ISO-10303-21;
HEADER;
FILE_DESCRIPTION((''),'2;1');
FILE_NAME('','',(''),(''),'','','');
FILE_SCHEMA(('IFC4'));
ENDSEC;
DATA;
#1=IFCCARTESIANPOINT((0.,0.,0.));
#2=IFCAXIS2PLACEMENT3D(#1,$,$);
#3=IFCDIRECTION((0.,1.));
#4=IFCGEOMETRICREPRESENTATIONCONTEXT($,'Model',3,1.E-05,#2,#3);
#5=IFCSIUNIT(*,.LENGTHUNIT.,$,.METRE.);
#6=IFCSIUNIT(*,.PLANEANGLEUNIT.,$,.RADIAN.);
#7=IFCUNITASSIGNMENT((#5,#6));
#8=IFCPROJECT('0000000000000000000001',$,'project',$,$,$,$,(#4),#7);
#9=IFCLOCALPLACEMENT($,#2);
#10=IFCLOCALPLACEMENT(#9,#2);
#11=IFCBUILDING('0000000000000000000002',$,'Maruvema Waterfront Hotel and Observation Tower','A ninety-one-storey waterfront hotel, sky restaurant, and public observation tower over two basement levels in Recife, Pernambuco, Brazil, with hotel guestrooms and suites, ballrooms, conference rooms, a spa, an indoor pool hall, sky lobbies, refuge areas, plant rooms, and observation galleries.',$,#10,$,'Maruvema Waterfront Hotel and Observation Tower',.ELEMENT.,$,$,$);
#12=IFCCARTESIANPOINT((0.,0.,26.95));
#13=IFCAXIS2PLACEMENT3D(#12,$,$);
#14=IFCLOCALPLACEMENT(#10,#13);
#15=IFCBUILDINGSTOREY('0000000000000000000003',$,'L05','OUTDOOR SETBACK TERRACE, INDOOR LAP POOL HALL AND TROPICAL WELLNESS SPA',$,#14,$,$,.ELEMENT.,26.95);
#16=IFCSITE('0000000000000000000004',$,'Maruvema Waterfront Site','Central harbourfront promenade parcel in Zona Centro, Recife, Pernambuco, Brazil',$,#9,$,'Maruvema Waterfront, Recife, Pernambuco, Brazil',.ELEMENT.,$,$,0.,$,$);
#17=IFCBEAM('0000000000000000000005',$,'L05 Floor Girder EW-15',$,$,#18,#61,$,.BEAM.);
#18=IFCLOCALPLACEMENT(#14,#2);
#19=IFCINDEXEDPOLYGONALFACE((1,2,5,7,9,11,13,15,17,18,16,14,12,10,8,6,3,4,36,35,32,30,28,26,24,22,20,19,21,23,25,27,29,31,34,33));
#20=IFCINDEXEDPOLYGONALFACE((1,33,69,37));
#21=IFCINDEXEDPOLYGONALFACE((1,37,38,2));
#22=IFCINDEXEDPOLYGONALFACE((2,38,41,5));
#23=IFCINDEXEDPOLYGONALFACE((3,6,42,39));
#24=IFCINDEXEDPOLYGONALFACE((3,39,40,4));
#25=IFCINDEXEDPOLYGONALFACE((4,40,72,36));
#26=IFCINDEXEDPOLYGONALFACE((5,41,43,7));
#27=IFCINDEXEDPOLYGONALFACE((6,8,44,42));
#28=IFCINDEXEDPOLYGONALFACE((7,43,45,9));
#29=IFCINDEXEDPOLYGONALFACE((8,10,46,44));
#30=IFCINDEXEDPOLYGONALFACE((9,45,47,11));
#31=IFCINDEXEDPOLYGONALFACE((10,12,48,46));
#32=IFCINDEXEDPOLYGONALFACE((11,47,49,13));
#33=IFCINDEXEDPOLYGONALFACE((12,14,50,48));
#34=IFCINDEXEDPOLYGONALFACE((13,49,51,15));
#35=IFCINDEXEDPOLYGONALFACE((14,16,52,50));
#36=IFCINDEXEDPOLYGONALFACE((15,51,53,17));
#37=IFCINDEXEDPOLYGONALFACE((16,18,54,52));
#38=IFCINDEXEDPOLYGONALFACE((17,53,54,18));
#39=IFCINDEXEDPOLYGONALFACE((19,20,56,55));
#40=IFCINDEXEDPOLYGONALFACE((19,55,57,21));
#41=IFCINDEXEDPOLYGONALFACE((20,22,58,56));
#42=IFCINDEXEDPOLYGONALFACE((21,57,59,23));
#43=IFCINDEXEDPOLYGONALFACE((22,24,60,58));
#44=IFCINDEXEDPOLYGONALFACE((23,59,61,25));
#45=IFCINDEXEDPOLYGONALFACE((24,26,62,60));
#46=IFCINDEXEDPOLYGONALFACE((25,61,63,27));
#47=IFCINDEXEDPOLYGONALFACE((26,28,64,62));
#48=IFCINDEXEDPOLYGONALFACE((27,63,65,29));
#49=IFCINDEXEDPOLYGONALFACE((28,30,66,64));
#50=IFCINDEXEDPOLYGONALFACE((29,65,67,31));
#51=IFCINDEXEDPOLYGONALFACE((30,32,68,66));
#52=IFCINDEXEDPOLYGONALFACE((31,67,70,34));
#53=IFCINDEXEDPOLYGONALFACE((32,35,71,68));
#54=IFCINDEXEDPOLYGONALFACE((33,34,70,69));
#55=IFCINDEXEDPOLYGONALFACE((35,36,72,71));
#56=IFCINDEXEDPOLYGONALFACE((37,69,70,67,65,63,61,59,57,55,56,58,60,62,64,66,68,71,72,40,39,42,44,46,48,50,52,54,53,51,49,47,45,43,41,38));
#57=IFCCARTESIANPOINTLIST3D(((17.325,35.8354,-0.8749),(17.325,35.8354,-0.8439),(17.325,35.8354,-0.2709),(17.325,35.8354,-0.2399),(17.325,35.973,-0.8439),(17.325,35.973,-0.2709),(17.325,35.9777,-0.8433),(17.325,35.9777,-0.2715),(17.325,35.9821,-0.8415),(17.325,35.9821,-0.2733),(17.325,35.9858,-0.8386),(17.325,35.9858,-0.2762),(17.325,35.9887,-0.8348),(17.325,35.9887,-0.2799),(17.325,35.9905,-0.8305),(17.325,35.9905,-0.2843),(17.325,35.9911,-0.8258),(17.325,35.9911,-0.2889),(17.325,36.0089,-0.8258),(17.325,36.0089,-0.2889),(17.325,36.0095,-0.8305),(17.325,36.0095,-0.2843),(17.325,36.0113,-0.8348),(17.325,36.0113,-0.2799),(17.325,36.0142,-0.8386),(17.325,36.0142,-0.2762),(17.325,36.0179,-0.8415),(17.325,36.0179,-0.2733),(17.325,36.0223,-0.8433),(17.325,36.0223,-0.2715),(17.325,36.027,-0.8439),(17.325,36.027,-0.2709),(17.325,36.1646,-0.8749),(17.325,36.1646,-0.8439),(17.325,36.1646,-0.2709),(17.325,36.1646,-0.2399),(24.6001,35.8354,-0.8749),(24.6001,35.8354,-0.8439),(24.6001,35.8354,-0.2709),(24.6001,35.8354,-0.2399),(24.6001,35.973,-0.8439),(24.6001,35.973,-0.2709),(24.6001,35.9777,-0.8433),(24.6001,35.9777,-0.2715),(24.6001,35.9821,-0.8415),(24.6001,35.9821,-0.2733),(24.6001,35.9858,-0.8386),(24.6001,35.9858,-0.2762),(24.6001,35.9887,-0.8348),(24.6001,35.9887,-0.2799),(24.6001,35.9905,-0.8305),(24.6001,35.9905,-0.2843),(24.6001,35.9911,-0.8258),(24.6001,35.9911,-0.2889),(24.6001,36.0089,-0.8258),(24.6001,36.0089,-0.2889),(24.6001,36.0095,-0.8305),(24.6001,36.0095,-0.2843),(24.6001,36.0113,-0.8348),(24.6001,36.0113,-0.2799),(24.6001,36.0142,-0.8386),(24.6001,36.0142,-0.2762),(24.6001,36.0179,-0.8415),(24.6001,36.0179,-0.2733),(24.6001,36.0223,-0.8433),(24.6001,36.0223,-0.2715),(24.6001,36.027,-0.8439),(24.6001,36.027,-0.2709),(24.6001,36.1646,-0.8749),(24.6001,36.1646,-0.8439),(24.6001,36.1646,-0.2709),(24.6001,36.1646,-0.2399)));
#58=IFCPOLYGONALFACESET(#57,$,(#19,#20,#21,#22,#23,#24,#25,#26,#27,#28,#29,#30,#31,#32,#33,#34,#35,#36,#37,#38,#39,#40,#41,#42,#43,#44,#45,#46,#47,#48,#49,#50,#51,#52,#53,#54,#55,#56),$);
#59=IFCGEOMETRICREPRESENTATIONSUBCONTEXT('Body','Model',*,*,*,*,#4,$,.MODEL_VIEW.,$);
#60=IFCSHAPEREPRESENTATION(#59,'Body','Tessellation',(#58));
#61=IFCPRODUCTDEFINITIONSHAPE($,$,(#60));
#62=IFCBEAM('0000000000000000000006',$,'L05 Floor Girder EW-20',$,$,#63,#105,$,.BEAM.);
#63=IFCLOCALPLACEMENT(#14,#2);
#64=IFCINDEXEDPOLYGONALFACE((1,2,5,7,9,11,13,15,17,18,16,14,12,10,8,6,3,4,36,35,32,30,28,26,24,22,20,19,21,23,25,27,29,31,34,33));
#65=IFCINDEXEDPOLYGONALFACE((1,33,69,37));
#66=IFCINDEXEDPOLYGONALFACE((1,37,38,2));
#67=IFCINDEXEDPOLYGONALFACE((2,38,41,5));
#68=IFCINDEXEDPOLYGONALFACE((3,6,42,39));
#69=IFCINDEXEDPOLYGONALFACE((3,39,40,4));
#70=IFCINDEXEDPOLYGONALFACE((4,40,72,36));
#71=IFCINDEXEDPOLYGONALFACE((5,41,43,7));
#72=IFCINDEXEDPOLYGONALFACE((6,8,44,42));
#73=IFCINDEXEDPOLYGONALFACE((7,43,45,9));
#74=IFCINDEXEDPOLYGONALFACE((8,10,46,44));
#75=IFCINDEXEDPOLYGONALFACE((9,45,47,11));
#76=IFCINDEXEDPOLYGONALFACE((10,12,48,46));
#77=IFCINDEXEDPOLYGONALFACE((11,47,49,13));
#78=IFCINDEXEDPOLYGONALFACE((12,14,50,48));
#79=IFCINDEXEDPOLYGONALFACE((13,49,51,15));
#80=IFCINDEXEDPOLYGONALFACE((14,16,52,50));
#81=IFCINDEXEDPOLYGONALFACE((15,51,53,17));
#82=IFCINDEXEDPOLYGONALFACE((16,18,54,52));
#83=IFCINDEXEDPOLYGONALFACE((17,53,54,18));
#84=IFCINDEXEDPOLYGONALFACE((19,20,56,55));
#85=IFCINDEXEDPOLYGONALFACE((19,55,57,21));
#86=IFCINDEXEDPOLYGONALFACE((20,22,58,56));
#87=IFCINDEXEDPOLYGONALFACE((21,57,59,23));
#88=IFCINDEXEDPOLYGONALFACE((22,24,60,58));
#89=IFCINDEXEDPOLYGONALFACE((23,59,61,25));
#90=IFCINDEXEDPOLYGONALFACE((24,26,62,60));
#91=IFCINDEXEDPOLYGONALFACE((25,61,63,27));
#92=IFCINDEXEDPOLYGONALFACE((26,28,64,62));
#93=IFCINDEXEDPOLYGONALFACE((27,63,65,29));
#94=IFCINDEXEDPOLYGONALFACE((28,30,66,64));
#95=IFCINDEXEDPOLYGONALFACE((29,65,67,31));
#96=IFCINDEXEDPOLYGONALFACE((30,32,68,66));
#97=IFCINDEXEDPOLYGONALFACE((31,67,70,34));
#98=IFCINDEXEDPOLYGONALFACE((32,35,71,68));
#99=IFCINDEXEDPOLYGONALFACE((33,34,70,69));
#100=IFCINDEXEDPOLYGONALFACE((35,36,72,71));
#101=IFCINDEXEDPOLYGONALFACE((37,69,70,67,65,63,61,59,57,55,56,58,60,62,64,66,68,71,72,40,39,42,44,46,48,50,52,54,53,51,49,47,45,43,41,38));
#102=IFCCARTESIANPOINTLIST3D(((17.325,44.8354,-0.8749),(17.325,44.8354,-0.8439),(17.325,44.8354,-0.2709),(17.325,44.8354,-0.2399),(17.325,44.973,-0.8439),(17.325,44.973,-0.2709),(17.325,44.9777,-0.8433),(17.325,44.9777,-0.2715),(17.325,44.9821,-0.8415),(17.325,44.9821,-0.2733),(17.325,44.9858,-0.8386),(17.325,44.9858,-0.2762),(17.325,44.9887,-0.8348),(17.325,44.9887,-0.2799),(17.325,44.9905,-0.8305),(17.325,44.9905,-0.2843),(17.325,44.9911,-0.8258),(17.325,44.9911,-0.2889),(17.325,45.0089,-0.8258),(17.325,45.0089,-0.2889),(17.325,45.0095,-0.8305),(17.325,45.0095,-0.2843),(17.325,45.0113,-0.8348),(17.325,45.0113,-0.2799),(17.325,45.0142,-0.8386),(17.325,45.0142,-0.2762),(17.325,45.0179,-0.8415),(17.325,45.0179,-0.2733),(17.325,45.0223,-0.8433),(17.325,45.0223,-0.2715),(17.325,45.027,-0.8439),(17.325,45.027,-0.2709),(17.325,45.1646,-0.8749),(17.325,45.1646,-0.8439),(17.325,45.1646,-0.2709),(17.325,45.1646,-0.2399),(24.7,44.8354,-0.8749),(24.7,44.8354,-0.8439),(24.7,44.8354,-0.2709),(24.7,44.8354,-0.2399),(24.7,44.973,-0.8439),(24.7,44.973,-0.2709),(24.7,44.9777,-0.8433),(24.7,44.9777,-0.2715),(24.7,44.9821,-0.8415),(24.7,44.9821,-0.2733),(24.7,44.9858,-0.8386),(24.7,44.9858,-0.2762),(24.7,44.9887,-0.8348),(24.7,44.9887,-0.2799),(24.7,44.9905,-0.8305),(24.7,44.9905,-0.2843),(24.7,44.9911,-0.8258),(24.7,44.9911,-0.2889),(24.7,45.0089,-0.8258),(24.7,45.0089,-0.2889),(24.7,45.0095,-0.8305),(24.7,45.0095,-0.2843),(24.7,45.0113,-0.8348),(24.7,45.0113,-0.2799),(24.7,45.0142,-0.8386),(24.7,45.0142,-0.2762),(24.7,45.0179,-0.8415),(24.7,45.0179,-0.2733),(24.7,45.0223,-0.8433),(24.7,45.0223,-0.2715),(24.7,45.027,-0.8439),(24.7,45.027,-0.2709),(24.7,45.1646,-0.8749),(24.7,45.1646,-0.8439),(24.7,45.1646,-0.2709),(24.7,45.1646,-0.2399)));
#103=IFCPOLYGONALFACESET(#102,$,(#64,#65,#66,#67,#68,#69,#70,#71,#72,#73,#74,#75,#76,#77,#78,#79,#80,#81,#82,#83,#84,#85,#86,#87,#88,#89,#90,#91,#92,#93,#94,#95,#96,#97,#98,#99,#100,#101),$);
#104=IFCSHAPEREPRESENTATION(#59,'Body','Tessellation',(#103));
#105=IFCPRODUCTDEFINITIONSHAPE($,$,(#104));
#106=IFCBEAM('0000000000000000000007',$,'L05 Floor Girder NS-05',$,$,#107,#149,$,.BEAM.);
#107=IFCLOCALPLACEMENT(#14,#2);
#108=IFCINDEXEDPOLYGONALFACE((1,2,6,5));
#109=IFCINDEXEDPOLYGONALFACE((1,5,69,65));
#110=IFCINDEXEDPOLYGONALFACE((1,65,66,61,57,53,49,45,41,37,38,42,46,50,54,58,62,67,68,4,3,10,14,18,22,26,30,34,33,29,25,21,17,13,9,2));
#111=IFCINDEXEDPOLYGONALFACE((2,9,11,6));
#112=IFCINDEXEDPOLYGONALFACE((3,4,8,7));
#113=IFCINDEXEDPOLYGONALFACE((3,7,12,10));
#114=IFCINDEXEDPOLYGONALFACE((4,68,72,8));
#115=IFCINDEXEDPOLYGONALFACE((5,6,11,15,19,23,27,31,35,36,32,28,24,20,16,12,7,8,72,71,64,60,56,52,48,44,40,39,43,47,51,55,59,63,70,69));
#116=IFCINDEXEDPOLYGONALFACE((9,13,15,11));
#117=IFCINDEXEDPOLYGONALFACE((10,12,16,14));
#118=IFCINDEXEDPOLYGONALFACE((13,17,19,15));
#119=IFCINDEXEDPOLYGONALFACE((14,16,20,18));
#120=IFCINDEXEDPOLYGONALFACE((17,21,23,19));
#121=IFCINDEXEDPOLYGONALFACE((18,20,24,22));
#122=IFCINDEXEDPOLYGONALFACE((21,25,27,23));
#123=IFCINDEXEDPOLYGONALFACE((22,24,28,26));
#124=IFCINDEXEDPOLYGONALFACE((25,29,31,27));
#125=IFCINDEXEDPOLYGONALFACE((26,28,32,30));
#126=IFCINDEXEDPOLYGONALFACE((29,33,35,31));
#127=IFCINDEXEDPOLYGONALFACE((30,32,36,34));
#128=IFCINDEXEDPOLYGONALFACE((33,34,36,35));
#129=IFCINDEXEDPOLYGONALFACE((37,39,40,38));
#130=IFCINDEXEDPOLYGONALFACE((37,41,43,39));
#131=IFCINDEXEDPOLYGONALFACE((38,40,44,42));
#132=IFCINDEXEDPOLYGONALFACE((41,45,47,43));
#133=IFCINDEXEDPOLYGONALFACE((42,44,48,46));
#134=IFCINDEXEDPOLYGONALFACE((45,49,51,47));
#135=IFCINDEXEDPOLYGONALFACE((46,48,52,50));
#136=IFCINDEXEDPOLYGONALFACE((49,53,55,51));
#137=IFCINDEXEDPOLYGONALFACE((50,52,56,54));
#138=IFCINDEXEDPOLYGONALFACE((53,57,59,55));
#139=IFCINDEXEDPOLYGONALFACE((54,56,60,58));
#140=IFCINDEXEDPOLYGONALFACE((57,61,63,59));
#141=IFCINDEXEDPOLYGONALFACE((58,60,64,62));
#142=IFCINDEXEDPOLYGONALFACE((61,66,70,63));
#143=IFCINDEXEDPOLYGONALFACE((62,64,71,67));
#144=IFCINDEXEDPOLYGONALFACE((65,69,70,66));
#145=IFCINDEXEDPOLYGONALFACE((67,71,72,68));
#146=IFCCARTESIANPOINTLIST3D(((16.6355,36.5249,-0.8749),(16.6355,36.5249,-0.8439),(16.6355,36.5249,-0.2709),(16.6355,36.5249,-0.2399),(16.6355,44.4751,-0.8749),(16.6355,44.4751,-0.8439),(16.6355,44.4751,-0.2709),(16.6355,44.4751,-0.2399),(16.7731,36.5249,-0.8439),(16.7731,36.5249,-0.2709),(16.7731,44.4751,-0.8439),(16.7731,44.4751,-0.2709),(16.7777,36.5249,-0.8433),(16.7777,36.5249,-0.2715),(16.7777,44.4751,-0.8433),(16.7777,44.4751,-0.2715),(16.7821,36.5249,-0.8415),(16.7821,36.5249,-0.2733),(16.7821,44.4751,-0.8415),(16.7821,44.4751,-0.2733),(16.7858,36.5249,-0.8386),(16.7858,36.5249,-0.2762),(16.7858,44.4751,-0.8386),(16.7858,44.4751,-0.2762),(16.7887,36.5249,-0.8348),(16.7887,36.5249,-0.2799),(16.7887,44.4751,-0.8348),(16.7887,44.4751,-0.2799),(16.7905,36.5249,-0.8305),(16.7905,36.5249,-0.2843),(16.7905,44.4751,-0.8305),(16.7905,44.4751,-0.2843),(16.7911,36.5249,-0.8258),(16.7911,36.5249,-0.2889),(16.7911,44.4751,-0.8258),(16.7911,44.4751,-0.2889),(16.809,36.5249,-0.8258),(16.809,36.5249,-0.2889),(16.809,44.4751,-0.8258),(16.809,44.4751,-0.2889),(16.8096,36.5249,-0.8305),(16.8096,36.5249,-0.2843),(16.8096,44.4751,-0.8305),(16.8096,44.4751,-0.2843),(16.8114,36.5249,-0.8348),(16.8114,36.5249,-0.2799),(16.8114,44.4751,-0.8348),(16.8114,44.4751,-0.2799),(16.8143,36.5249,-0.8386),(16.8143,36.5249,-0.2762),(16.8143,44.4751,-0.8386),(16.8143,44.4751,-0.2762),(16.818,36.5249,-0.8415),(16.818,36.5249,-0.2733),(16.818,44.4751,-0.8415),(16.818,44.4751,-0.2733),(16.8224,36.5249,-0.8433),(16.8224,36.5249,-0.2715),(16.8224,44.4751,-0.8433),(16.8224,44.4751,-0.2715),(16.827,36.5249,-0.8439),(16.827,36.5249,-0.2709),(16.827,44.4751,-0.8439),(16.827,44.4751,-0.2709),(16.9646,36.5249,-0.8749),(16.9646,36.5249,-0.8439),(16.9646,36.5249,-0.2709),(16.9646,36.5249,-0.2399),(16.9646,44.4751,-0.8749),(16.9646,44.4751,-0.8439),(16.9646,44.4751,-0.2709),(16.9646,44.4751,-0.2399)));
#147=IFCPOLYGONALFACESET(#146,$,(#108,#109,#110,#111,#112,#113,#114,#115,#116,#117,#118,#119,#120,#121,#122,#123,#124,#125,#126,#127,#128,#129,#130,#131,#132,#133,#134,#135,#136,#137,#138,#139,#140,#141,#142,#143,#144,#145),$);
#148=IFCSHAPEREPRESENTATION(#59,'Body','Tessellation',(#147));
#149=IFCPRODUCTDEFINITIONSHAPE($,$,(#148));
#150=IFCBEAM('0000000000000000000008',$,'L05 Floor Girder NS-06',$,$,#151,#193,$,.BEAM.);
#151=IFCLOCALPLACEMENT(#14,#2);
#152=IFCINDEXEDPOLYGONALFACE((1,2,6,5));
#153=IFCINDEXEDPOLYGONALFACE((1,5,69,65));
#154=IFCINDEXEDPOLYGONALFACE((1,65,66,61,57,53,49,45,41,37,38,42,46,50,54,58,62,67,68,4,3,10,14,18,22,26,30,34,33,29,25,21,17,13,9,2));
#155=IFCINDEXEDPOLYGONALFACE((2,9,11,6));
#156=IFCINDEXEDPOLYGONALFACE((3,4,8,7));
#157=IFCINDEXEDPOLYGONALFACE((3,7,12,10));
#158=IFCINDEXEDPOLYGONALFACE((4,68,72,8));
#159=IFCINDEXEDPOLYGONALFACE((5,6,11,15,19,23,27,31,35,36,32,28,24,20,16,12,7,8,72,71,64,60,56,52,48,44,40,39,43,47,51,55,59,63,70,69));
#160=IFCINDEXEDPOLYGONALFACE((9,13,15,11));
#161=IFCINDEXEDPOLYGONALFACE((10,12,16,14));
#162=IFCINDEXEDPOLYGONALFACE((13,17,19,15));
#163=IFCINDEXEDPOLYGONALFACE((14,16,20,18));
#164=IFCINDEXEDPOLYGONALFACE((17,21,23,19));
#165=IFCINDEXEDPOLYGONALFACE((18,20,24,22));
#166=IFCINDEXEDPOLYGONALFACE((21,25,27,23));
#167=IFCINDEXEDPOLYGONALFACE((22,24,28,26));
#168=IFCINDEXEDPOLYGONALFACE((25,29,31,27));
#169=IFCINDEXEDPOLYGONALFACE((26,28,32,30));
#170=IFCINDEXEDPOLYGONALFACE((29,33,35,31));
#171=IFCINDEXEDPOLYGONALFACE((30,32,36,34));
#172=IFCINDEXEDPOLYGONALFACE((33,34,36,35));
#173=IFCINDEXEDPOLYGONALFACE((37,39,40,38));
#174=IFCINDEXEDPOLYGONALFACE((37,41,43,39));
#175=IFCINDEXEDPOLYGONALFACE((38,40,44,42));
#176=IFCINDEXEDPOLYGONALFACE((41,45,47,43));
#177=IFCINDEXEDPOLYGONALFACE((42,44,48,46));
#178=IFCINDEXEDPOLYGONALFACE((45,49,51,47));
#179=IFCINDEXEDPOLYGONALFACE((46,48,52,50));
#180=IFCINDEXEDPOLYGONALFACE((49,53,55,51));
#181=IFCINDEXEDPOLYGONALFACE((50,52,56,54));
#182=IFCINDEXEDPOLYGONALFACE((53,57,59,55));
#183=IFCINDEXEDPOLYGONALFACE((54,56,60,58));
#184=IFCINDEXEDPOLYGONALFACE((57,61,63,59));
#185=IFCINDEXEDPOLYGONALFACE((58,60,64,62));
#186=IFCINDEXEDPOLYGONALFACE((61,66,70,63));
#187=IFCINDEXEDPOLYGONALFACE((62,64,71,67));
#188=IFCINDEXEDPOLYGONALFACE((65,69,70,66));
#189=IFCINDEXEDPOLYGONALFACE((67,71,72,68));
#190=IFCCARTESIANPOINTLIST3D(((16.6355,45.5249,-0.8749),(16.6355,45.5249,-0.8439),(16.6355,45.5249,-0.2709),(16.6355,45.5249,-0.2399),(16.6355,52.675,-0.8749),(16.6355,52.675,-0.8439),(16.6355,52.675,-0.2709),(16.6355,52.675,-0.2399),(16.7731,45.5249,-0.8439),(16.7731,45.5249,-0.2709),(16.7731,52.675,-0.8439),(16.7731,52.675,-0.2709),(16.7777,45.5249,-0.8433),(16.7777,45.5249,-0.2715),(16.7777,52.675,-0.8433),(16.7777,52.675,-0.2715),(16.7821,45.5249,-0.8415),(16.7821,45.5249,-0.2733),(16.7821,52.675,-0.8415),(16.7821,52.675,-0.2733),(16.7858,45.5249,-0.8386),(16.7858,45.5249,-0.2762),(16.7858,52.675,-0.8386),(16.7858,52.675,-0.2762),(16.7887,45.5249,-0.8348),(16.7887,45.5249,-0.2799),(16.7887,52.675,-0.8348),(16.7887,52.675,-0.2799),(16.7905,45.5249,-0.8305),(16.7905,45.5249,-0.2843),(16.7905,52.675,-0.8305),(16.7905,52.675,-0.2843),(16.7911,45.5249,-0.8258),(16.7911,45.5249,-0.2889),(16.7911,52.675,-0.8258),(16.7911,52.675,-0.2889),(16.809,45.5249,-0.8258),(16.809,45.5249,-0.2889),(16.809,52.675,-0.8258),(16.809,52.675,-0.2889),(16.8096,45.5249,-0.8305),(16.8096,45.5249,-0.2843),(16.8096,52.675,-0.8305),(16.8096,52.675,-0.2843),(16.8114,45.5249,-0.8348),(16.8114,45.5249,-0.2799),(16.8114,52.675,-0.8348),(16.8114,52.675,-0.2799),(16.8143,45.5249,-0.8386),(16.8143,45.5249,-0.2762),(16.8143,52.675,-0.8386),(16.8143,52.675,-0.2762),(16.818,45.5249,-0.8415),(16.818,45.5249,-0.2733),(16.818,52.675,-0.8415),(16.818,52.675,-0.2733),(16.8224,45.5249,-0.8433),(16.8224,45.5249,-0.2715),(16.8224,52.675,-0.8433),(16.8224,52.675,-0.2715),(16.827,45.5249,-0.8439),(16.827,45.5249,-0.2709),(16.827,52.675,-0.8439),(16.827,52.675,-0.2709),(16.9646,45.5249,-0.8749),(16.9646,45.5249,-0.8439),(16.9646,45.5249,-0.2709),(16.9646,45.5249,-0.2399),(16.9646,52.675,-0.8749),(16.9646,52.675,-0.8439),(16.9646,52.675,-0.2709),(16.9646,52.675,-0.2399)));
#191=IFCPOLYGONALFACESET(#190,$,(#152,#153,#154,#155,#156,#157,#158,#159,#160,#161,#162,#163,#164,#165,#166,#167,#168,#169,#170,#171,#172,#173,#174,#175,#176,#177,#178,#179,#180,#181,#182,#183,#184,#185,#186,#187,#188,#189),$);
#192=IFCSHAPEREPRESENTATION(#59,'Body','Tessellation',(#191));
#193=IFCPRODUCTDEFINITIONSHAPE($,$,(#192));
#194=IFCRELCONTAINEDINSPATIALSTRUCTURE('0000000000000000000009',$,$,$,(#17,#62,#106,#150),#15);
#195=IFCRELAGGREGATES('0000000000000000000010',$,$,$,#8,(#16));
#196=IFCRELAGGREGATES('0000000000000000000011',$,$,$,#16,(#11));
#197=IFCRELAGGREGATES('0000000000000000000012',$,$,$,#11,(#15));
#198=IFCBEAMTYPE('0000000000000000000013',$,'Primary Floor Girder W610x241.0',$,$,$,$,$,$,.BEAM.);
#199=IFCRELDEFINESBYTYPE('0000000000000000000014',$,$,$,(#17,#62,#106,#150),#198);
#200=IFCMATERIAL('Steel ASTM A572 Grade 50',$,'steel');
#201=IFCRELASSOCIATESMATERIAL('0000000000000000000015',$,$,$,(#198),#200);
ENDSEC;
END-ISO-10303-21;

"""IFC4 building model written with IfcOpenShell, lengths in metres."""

from ifc_helpers import new_model, si_unit, direction, frame, origin, origin_2d, place, context, subcontext, project, spatial, i_section, extrude, material, material_profile, profile_set, type_object, element, save


model = new_model("IFC4")

# Units and contexts
model_context = context("Model", 3, precision=1e-05, world=origin(), true_north=direction((0.0, 1.0)))
body_context = subcontext(model_context, "Body", "Model", "MODEL_VIEW")
ifc_project = project(units=[si_unit("LENGTHUNIT", "METRE"), si_unit("PLANEANGLEUNIT", "RADIAN")], contexts=[model_context])

# Site, building, storey
site_placement = place(None, origin())
site = spatial("IfcSite", under=ifc_project, at=site_placement, Name="Maruvema Waterfront Site", Description="Central harbourfront promenade parcel in Zona Centro, Recife, Pernambuco, Brazil", LongName="Maruvema Waterfront, Recife, Pernambuco, Brazil", CompositionType="ELEMENT", RefElevation=0.0)
building_placement = place(site_placement, origin())
building = spatial("IfcBuilding", under=site, at=building_placement, Name="Maruvema Waterfront Hotel and Observation Tower", Description="A ninety-one-storey waterfront hotel, sky restaurant, and public observation tower over two basement levels in Recife, Pernambuco, Brazil, with hotel guestrooms and suites, ballrooms, conference rooms, a spa, an indoor pool hall, sky lobbies, refuge areas, plant rooms, and observation galleries.", LongName="Maruvema Waterfront Hotel and Observation Tower", CompositionType="ELEMENT")
storey_placement = place(building_placement, frame((0.0, 0.0, 26.95)))
storey = spatial("IfcBuildingStorey", under=building, at=storey_placement, Name="L05", Description="OUTDOOR SETBACK TERRACE, INDOOR LAP POOL HALL AND TROPICAL WELLNESS SPA", CompositionType="ELEMENT", Elevation=26.95)

# Beams
ifc_material_1 = material(Name="Steel ASTM A572 Grade 50", Category="steel")
ifc_material_profile_1 = material_profile(ifc_material_1, i_section(OverallWidth=0.3291, OverallDepth=0.635, WebThickness=0.0178, FlangeThickness=0.031, FilletRadius=0.0181, at=origin_2d()), Name="W610x241.0")
ifc_profile_set_1 = profile_set([ifc_material_profile_1], Name="Steel ASTM A572 Grade 50")
beam_type_1 = type_object("IfcBeamType", Name="Primary Floor Girder W610x241.0", PredefinedType="BEAM", material=ifc_profile_set_1)
beam_1_placement = place(storey_placement, frame((17.325, 36.0, -0.5574), z_axis=(1.0, 0.0, 0.0), x_axis=(0.0, 1.0, 0.0)))
element("IfcBeam", 1, at=beam_1_placement, inside=storey, type_object=beam_type_1, Name="L05 Floor Girder EW-15", PredefinedType="BEAM", context=body_context, shape_type="SweptSolid", body=[
    extrude(i_section(OverallWidth=0.3291, OverallDepth=0.635, WebThickness=0.0178, FlangeThickness=0.031, FilletRadius=0.0181, at=origin_2d()), origin(), (0.0, 0.0, 1.0), 7.2751),
])
beam_2_placement = place(storey_placement, frame((17.325, 45.0, -0.5574), z_axis=(1.0, 0.0, 0.0), x_axis=(0.0, 1.0, 0.0)))
element("IfcBeam", 2, at=beam_2_placement, inside=storey, type_object=beam_type_1, Name="L05 Floor Girder EW-20", PredefinedType="BEAM", context=body_context, shape_type="SweptSolid", body=[
    extrude(i_section(OverallWidth=0.3291, OverallDepth=0.635, WebThickness=0.0178, FlangeThickness=0.031, FilletRadius=0.0181, at=origin_2d()), origin(), (0.0, 0.0, 1.0), 7.375),
])
beam_3_placement = place(storey_placement, frame((16.8, 36.5249, -0.5574), z_axis=(0.0, 1.0, 0.0), x_axis=(-1.0, 0.0, 0.0)))
element("IfcBeam", 3, at=beam_3_placement, inside=storey, type_object=beam_type_1, Name="L05 Floor Girder NS-05", PredefinedType="BEAM", context=body_context, shape_type="SweptSolid", body=[
    extrude(i_section(OverallWidth=0.3291, OverallDepth=0.635, WebThickness=0.0178, FlangeThickness=0.031, FilletRadius=0.0181, at=origin_2d()), origin(), (0.0, 0.0, 1.0), 7.9502),
])
beam_4_placement = place(storey_placement, frame((16.8, 45.5249, -0.5574), z_axis=(0.0, 1.0, 0.0), x_axis=(-1.0, 0.0, 0.0)))
element("IfcBeam", 4, at=beam_4_placement, inside=storey, type_object=beam_type_1, Name="L05 Floor Girder NS-06", PredefinedType="BEAM", context=body_context, shape_type="SweptSolid", body=[
    extrude(i_section(OverallWidth=0.3291, OverallDepth=0.635, WebThickness=0.0178, FlangeThickness=0.031, FilletRadius=0.0181, at=origin_2d()), origin(), (0.0, 0.0, 1.0), 7.1501),
])

save(model, "model.ifc")
